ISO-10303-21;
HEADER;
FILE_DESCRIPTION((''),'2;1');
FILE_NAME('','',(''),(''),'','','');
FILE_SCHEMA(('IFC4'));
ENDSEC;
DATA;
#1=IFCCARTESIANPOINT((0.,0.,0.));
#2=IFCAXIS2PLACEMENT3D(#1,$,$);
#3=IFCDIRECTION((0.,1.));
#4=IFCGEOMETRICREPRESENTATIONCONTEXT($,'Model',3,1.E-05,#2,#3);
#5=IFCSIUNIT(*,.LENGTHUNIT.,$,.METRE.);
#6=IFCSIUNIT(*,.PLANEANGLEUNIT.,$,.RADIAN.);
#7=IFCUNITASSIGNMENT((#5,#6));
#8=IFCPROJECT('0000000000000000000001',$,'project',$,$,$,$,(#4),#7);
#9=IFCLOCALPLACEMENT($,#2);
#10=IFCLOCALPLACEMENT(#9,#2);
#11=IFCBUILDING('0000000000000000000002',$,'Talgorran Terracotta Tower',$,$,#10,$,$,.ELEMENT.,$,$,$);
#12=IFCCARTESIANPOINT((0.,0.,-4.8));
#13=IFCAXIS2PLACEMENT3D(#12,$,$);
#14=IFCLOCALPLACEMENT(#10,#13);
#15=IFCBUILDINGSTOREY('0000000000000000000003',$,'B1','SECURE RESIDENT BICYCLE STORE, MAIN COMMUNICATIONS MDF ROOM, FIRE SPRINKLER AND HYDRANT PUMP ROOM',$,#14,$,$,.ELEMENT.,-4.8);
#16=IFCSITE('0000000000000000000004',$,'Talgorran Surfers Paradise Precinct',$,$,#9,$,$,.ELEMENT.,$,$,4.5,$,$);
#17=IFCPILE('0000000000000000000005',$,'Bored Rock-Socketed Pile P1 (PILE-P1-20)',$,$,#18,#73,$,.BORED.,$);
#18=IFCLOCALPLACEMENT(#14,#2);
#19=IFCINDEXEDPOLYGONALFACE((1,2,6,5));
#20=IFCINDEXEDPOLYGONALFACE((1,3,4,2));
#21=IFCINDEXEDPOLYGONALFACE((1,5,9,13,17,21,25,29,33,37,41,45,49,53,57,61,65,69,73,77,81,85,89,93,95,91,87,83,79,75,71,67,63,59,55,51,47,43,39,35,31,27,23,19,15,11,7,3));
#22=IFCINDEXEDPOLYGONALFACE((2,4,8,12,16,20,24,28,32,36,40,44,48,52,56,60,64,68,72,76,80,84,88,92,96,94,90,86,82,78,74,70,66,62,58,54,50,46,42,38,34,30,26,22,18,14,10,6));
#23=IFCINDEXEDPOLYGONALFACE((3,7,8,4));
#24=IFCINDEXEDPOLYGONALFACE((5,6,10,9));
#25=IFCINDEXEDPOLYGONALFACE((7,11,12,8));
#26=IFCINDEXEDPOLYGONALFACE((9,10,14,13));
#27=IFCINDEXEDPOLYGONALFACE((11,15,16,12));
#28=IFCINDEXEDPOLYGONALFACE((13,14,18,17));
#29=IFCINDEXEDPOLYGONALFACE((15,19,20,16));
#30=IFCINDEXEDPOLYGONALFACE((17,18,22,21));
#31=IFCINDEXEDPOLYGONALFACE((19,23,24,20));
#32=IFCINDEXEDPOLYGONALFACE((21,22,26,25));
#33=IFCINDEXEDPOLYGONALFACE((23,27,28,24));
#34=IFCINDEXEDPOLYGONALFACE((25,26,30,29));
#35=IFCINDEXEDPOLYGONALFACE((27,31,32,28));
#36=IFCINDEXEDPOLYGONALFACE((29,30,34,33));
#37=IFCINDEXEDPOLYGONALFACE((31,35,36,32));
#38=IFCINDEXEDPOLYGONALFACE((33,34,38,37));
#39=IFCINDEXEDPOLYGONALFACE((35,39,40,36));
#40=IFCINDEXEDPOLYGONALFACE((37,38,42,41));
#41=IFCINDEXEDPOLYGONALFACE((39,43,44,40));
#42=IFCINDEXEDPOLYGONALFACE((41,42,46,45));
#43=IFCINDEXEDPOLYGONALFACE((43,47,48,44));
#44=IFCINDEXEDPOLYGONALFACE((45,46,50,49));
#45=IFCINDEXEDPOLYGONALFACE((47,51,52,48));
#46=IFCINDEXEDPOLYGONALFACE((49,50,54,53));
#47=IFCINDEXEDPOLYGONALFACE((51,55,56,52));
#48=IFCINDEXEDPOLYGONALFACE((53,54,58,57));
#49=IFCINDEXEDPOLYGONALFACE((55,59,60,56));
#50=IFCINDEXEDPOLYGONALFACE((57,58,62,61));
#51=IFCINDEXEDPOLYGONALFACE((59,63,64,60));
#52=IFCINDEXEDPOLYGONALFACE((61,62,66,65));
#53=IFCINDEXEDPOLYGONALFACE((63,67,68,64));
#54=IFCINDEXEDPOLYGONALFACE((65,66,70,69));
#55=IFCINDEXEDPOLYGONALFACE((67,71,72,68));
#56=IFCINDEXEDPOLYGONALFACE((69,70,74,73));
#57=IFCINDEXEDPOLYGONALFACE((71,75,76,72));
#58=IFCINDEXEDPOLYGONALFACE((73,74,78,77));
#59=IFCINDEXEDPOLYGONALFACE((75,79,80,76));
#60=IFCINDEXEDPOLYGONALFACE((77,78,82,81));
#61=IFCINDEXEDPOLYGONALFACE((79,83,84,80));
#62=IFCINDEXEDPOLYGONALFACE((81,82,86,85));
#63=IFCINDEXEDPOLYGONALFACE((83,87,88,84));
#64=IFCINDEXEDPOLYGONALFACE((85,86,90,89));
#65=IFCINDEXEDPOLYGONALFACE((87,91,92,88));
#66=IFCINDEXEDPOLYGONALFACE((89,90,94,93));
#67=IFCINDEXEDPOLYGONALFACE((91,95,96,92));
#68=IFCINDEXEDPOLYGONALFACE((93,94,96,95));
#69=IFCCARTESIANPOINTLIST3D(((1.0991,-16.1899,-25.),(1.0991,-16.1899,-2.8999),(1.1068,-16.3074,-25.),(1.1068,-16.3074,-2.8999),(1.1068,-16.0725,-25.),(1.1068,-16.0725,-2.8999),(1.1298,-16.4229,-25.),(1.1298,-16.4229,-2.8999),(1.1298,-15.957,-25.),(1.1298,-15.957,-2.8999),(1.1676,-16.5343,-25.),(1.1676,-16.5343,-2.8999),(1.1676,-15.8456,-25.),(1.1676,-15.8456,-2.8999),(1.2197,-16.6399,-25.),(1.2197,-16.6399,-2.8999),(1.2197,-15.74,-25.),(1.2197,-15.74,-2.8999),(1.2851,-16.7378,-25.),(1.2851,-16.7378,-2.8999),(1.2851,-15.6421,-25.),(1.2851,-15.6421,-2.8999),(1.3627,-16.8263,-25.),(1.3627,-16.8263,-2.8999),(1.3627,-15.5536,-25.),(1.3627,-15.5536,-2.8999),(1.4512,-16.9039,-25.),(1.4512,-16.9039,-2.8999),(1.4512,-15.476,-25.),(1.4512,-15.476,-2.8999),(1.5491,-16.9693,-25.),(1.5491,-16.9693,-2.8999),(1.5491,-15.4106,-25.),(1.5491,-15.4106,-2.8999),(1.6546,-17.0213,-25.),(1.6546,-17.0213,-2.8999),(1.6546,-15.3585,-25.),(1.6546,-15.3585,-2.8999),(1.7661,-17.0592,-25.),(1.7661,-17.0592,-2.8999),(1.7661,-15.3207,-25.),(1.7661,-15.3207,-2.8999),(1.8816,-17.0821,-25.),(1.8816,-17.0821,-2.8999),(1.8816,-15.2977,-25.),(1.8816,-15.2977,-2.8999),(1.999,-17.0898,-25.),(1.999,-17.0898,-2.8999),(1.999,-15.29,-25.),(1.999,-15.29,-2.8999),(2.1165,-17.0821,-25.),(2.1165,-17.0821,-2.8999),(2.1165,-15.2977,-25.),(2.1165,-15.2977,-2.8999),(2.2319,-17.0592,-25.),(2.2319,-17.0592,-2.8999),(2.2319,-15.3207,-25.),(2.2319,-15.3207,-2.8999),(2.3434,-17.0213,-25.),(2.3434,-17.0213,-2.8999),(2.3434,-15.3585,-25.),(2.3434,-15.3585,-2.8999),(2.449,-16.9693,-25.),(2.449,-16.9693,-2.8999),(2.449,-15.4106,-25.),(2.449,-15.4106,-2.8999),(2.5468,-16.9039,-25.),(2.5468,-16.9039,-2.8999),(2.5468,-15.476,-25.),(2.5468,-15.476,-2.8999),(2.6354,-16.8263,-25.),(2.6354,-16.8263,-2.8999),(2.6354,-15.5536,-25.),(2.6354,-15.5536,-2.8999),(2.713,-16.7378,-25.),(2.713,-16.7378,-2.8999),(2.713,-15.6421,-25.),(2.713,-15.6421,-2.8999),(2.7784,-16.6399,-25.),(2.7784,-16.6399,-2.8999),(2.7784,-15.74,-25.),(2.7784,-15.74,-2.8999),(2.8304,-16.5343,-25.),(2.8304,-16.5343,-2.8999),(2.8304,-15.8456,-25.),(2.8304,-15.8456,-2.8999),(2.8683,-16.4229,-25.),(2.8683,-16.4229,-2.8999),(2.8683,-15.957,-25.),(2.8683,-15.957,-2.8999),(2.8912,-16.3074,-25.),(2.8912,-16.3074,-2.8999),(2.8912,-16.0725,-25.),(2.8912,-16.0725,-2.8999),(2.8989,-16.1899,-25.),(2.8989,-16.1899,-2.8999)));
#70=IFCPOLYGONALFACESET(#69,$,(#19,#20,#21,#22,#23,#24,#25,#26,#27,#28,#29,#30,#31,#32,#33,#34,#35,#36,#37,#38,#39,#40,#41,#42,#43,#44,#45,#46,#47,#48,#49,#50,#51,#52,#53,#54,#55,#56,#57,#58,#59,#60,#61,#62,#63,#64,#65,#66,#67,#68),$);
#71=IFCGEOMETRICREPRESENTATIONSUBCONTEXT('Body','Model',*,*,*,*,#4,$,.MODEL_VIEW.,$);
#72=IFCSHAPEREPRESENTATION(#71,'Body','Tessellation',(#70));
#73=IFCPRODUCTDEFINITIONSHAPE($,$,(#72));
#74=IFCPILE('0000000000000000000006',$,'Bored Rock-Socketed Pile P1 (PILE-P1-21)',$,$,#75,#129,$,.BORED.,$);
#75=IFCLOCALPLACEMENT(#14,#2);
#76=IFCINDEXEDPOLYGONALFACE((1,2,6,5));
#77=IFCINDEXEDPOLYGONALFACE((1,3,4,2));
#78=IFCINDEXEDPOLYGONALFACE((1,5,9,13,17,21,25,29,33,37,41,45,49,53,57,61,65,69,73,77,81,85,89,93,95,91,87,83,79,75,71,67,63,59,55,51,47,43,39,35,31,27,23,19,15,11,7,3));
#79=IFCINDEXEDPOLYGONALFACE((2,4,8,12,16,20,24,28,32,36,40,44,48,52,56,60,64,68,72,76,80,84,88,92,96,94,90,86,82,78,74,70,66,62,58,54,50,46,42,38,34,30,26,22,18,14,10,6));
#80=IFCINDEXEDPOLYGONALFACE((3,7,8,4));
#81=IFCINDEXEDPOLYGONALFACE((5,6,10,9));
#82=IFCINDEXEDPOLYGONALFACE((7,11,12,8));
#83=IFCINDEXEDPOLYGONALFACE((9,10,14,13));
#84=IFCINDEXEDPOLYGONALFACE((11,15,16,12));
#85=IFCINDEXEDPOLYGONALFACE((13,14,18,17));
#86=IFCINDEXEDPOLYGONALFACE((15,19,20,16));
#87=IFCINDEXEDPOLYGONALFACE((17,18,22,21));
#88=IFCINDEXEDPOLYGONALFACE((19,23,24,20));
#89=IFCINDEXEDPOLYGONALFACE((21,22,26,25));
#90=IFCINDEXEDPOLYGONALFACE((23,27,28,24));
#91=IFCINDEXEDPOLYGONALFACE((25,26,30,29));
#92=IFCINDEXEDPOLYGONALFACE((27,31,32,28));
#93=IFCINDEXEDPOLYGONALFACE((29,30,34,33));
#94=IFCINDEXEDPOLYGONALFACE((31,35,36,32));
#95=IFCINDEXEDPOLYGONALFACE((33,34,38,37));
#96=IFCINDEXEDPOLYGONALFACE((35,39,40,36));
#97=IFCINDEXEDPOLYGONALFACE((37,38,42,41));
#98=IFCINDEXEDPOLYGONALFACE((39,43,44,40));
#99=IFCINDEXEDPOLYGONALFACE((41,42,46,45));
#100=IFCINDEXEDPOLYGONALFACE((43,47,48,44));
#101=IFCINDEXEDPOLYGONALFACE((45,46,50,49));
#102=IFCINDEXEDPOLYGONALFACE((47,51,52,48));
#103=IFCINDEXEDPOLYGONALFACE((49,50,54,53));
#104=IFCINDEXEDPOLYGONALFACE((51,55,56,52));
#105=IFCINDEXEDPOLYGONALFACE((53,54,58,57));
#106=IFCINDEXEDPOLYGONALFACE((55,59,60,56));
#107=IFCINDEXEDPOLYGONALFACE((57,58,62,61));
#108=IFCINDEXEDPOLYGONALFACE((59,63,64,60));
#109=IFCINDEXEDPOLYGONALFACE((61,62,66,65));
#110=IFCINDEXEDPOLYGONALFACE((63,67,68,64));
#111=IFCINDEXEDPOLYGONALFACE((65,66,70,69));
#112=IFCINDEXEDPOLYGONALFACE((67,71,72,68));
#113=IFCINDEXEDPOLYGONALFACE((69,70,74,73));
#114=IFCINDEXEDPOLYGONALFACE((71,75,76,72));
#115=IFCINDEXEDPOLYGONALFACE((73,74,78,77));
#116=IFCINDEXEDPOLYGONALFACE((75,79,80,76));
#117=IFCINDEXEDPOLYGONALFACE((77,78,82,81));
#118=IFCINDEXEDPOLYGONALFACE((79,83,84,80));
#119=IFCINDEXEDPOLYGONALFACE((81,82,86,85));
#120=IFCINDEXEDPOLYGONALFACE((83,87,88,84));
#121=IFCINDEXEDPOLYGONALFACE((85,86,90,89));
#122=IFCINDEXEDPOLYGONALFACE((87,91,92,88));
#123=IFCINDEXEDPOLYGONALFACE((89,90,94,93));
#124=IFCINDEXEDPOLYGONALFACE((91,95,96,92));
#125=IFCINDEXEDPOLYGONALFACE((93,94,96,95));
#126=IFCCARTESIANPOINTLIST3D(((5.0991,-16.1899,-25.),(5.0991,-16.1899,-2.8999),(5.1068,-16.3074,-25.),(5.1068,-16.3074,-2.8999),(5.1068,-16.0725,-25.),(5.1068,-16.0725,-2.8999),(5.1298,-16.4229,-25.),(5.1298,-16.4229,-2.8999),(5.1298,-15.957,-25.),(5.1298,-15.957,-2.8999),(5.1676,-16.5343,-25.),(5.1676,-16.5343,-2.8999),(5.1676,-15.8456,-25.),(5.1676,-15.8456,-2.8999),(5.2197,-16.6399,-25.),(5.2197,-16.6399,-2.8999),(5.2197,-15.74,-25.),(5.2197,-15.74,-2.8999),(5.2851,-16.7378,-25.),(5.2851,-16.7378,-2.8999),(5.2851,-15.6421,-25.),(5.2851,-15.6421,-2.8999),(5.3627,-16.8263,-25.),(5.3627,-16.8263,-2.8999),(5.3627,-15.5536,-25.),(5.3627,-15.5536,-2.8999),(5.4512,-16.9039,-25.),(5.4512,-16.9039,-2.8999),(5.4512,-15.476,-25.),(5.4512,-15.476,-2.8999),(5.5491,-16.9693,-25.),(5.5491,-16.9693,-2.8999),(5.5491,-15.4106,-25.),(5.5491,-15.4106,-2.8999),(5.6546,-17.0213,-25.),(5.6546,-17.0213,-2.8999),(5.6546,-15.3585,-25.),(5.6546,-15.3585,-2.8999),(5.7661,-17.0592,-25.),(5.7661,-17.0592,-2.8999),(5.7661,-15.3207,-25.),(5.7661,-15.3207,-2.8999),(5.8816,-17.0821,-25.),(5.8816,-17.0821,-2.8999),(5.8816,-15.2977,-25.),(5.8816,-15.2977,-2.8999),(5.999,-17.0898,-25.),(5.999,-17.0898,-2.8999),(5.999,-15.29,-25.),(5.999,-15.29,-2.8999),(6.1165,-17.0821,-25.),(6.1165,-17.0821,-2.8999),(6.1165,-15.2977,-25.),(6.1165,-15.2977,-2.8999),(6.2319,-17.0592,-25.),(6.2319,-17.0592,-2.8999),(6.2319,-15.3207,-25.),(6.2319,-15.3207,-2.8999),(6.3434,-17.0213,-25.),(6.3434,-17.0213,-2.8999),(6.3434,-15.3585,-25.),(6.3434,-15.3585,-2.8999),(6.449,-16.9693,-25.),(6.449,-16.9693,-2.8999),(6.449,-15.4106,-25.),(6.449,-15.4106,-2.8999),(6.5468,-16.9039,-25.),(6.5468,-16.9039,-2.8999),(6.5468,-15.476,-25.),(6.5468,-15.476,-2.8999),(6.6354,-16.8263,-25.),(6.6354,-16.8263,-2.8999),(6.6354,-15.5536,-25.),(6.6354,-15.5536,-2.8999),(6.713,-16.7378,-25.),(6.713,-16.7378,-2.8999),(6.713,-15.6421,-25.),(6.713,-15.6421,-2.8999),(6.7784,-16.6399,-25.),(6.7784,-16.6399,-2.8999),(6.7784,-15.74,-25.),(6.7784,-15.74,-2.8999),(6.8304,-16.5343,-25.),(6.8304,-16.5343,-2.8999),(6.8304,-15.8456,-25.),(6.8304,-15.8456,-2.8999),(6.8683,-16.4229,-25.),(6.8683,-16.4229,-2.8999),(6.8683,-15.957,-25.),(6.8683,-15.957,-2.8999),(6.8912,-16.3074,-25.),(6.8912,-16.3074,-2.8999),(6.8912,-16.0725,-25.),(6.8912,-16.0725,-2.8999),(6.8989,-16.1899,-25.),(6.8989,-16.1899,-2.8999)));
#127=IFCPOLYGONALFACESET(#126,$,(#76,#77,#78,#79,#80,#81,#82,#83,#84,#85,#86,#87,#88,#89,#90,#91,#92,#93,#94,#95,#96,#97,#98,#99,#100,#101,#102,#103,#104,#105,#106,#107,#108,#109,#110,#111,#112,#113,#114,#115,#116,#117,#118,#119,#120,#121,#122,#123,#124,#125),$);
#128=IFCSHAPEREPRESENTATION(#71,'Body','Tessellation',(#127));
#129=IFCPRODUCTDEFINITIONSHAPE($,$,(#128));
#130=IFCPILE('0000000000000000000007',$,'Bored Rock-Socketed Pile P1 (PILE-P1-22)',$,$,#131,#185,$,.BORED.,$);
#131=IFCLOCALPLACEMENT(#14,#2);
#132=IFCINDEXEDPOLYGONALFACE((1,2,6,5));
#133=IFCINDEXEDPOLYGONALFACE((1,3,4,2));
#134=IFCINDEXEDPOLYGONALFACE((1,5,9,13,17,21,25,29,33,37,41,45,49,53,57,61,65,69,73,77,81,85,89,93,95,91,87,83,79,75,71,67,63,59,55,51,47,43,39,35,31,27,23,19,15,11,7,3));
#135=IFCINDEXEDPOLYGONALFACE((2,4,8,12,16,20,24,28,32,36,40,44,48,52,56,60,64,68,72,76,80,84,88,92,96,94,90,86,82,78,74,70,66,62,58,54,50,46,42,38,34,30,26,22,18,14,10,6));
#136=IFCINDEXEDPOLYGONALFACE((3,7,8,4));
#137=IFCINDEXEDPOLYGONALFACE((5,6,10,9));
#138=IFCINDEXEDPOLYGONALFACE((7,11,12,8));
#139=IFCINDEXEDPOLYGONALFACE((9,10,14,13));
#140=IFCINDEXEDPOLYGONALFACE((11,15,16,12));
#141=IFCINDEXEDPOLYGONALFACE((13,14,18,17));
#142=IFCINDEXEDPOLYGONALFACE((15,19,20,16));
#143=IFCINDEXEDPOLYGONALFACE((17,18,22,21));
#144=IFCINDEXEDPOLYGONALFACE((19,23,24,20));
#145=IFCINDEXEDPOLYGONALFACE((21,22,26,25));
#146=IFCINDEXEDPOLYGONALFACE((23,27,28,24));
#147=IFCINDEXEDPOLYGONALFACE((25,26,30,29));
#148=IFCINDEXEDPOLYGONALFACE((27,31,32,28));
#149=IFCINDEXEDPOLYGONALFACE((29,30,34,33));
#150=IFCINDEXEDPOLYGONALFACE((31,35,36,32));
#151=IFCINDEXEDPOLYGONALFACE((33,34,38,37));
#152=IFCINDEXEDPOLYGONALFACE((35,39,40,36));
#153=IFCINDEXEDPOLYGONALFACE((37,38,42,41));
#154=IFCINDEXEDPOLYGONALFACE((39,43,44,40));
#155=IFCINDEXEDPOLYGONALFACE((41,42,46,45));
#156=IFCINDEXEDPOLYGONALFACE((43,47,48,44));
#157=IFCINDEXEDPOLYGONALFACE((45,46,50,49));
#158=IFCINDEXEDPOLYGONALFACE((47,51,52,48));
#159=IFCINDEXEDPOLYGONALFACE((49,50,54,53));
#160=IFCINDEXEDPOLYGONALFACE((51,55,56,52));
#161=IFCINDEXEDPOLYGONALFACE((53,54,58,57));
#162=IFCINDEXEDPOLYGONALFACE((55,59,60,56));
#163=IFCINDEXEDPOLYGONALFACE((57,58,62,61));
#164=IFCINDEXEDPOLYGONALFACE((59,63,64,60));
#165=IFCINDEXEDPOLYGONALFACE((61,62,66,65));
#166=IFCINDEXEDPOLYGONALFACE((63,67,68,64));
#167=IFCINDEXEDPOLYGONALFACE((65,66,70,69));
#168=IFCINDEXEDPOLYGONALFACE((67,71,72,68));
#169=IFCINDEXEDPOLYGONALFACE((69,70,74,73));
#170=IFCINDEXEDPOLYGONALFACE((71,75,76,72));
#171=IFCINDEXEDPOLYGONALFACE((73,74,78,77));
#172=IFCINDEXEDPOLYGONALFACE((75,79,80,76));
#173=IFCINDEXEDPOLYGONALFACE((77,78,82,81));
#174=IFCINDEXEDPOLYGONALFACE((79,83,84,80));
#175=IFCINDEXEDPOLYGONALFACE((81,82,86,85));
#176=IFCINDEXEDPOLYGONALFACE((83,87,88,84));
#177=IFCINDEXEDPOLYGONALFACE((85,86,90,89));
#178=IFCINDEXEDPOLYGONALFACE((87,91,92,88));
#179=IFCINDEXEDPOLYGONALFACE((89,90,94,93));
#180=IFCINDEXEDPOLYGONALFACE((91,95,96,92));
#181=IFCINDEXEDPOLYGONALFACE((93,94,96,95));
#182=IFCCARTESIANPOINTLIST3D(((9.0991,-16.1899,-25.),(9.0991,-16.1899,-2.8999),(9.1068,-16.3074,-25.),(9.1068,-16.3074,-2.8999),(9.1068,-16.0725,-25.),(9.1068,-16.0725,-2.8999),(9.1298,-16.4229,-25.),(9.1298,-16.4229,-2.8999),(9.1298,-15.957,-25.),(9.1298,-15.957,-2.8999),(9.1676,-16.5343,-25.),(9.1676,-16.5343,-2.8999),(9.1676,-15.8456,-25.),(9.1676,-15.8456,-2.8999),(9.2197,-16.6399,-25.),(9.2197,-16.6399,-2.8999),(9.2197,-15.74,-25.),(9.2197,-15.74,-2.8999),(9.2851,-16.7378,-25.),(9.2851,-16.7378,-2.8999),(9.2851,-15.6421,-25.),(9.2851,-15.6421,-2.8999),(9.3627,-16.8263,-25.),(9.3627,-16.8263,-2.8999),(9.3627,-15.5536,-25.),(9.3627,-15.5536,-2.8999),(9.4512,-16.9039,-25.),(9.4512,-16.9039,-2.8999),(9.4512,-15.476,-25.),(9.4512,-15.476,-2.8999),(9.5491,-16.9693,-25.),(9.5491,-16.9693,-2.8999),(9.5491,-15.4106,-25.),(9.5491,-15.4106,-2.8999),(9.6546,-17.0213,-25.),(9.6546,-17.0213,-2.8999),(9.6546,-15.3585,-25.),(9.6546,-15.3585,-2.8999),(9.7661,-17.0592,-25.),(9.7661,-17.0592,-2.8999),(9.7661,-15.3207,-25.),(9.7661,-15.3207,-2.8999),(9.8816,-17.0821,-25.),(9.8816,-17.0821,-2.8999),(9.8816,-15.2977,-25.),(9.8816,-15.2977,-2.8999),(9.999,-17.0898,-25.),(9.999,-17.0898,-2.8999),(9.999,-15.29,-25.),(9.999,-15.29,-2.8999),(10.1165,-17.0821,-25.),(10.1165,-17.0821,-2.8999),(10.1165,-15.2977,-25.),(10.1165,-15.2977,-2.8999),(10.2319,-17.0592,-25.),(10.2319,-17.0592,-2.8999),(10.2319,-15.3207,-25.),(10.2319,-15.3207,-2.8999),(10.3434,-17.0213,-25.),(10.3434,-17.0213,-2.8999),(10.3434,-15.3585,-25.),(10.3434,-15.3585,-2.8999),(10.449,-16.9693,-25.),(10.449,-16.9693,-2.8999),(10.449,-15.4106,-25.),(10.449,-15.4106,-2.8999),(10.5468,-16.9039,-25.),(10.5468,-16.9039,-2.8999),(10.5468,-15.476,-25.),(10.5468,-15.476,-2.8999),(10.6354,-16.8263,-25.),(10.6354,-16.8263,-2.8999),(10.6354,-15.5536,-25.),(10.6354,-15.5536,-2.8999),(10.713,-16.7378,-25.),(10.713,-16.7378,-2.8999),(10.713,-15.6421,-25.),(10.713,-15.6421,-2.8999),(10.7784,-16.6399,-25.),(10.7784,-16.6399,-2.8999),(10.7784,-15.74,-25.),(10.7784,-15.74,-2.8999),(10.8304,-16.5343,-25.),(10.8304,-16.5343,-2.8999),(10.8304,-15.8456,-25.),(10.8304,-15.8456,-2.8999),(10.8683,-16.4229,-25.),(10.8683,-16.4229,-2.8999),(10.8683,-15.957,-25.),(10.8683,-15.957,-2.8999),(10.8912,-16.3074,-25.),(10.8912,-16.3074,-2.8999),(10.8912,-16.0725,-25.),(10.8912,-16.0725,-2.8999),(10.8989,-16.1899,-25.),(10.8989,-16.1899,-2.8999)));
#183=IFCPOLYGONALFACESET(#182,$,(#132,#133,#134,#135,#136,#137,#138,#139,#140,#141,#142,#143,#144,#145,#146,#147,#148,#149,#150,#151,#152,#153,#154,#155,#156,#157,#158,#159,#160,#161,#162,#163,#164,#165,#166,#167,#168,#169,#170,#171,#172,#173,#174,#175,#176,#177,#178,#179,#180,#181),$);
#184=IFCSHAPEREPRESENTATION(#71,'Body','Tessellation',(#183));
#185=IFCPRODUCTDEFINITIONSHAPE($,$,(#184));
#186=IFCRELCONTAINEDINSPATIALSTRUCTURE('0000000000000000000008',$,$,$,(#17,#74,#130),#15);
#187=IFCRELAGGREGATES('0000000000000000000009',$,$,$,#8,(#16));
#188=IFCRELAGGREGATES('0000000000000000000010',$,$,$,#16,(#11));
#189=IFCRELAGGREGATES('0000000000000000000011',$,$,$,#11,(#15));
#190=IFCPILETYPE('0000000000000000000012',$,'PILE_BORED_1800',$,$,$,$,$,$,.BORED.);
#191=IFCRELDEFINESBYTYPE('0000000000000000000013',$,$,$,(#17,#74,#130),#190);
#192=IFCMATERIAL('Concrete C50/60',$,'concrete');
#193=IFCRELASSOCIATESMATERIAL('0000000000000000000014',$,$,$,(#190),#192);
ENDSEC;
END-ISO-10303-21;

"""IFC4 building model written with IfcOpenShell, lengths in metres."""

from ifc_helpers import new_model, si_unit, direction, frame, origin, origin_2d, place, context, subcontext, project, spatial, circle, extrude, material, material_profile, profile_set, type_object, element, save


model = new_model("IFC4")

# Units and contexts
model_context = context("Model", 3, precision=1e-05, world=origin(), true_north=direction((0.0, 1.0)))
body_context = subcontext(model_context, "Body", "Model", "MODEL_VIEW")
ifc_project = project(units=[si_unit("LENGTHUNIT", "METRE"), si_unit("PLANEANGLEUNIT", "RADIAN")], contexts=[model_context])

# Site, building, storey
site_placement = place(None, origin())
site = spatial("IfcSite", under=ifc_project, at=site_placement, Name="Talgorran Surfers Paradise Precinct", CompositionType="ELEMENT", RefElevation=4.5)
building_placement = place(site_placement, origin())
building = spatial("IfcBuilding", under=site, at=building_placement, Name="Talgorran Terracotta Tower", CompositionType="ELEMENT")
storey_placement = place(building_placement, frame((0.0, 0.0, -4.8)))
storey = spatial("IfcBuildingStorey", under=building, at=storey_placement, Name="B1", Description="SECURE RESIDENT BICYCLE STORE, MAIN COMMUNICATIONS MDF ROOM, FIRE SPRINKLER AND HYDRANT PUMP ROOM", CompositionType="ELEMENT", Elevation=-4.8)

# Shared definitions
ifc_material_1 = material(Name="Concrete C50/60", Category="concrete")

# Piles
ifc_material_profile_1 = material_profile(ifc_material_1, circle(Radius=0.8999, at=origin_2d()), Name="PILE1800")
ifc_profile_set_1 = profile_set([ifc_material_profile_1], Name="Concrete C50/60")
pile_type = type_object("IfcPileType", Name="PILE_BORED_1800", PredefinedType="BORED", material=ifc_profile_set_1)
for number, where, z_axis, x_axis, name in (
    (1, (1.999, -16.1899, -2.8999), (0.0, 0.0, -1.0), (1.0, 0.0, 0.0), "Bored Rock-Socketed Pile P1 (PILE-P1-20)"),
    (2, (5.999, -16.1899, -2.8999), (0.0, 0.0, -1.0), (1.0, 0.0, 0.0), "Bored Rock-Socketed Pile P1 (PILE-P1-21)"),
    (3, (9.999, -16.1899, -2.8999), (0.0, 0.0, -1.0), (1.0, 0.0, 0.0), "Bored Rock-Socketed Pile P1 (PILE-P1-22)"),
):
    element("IfcPile", number, at=place(storey_placement, frame(where, z_axis=z_axis, x_axis=x_axis)), inside=storey, type_object=pile_type, Name=name, PredefinedType="BORED", context=body_context, shape_type="SweptSolid", body=[
        extrude(circle(Radius=0.8999, at=origin_2d()), origin(), (0.0, 0.0, 1.0), 22.1001),
    ])

save(model, "model.ifc")
